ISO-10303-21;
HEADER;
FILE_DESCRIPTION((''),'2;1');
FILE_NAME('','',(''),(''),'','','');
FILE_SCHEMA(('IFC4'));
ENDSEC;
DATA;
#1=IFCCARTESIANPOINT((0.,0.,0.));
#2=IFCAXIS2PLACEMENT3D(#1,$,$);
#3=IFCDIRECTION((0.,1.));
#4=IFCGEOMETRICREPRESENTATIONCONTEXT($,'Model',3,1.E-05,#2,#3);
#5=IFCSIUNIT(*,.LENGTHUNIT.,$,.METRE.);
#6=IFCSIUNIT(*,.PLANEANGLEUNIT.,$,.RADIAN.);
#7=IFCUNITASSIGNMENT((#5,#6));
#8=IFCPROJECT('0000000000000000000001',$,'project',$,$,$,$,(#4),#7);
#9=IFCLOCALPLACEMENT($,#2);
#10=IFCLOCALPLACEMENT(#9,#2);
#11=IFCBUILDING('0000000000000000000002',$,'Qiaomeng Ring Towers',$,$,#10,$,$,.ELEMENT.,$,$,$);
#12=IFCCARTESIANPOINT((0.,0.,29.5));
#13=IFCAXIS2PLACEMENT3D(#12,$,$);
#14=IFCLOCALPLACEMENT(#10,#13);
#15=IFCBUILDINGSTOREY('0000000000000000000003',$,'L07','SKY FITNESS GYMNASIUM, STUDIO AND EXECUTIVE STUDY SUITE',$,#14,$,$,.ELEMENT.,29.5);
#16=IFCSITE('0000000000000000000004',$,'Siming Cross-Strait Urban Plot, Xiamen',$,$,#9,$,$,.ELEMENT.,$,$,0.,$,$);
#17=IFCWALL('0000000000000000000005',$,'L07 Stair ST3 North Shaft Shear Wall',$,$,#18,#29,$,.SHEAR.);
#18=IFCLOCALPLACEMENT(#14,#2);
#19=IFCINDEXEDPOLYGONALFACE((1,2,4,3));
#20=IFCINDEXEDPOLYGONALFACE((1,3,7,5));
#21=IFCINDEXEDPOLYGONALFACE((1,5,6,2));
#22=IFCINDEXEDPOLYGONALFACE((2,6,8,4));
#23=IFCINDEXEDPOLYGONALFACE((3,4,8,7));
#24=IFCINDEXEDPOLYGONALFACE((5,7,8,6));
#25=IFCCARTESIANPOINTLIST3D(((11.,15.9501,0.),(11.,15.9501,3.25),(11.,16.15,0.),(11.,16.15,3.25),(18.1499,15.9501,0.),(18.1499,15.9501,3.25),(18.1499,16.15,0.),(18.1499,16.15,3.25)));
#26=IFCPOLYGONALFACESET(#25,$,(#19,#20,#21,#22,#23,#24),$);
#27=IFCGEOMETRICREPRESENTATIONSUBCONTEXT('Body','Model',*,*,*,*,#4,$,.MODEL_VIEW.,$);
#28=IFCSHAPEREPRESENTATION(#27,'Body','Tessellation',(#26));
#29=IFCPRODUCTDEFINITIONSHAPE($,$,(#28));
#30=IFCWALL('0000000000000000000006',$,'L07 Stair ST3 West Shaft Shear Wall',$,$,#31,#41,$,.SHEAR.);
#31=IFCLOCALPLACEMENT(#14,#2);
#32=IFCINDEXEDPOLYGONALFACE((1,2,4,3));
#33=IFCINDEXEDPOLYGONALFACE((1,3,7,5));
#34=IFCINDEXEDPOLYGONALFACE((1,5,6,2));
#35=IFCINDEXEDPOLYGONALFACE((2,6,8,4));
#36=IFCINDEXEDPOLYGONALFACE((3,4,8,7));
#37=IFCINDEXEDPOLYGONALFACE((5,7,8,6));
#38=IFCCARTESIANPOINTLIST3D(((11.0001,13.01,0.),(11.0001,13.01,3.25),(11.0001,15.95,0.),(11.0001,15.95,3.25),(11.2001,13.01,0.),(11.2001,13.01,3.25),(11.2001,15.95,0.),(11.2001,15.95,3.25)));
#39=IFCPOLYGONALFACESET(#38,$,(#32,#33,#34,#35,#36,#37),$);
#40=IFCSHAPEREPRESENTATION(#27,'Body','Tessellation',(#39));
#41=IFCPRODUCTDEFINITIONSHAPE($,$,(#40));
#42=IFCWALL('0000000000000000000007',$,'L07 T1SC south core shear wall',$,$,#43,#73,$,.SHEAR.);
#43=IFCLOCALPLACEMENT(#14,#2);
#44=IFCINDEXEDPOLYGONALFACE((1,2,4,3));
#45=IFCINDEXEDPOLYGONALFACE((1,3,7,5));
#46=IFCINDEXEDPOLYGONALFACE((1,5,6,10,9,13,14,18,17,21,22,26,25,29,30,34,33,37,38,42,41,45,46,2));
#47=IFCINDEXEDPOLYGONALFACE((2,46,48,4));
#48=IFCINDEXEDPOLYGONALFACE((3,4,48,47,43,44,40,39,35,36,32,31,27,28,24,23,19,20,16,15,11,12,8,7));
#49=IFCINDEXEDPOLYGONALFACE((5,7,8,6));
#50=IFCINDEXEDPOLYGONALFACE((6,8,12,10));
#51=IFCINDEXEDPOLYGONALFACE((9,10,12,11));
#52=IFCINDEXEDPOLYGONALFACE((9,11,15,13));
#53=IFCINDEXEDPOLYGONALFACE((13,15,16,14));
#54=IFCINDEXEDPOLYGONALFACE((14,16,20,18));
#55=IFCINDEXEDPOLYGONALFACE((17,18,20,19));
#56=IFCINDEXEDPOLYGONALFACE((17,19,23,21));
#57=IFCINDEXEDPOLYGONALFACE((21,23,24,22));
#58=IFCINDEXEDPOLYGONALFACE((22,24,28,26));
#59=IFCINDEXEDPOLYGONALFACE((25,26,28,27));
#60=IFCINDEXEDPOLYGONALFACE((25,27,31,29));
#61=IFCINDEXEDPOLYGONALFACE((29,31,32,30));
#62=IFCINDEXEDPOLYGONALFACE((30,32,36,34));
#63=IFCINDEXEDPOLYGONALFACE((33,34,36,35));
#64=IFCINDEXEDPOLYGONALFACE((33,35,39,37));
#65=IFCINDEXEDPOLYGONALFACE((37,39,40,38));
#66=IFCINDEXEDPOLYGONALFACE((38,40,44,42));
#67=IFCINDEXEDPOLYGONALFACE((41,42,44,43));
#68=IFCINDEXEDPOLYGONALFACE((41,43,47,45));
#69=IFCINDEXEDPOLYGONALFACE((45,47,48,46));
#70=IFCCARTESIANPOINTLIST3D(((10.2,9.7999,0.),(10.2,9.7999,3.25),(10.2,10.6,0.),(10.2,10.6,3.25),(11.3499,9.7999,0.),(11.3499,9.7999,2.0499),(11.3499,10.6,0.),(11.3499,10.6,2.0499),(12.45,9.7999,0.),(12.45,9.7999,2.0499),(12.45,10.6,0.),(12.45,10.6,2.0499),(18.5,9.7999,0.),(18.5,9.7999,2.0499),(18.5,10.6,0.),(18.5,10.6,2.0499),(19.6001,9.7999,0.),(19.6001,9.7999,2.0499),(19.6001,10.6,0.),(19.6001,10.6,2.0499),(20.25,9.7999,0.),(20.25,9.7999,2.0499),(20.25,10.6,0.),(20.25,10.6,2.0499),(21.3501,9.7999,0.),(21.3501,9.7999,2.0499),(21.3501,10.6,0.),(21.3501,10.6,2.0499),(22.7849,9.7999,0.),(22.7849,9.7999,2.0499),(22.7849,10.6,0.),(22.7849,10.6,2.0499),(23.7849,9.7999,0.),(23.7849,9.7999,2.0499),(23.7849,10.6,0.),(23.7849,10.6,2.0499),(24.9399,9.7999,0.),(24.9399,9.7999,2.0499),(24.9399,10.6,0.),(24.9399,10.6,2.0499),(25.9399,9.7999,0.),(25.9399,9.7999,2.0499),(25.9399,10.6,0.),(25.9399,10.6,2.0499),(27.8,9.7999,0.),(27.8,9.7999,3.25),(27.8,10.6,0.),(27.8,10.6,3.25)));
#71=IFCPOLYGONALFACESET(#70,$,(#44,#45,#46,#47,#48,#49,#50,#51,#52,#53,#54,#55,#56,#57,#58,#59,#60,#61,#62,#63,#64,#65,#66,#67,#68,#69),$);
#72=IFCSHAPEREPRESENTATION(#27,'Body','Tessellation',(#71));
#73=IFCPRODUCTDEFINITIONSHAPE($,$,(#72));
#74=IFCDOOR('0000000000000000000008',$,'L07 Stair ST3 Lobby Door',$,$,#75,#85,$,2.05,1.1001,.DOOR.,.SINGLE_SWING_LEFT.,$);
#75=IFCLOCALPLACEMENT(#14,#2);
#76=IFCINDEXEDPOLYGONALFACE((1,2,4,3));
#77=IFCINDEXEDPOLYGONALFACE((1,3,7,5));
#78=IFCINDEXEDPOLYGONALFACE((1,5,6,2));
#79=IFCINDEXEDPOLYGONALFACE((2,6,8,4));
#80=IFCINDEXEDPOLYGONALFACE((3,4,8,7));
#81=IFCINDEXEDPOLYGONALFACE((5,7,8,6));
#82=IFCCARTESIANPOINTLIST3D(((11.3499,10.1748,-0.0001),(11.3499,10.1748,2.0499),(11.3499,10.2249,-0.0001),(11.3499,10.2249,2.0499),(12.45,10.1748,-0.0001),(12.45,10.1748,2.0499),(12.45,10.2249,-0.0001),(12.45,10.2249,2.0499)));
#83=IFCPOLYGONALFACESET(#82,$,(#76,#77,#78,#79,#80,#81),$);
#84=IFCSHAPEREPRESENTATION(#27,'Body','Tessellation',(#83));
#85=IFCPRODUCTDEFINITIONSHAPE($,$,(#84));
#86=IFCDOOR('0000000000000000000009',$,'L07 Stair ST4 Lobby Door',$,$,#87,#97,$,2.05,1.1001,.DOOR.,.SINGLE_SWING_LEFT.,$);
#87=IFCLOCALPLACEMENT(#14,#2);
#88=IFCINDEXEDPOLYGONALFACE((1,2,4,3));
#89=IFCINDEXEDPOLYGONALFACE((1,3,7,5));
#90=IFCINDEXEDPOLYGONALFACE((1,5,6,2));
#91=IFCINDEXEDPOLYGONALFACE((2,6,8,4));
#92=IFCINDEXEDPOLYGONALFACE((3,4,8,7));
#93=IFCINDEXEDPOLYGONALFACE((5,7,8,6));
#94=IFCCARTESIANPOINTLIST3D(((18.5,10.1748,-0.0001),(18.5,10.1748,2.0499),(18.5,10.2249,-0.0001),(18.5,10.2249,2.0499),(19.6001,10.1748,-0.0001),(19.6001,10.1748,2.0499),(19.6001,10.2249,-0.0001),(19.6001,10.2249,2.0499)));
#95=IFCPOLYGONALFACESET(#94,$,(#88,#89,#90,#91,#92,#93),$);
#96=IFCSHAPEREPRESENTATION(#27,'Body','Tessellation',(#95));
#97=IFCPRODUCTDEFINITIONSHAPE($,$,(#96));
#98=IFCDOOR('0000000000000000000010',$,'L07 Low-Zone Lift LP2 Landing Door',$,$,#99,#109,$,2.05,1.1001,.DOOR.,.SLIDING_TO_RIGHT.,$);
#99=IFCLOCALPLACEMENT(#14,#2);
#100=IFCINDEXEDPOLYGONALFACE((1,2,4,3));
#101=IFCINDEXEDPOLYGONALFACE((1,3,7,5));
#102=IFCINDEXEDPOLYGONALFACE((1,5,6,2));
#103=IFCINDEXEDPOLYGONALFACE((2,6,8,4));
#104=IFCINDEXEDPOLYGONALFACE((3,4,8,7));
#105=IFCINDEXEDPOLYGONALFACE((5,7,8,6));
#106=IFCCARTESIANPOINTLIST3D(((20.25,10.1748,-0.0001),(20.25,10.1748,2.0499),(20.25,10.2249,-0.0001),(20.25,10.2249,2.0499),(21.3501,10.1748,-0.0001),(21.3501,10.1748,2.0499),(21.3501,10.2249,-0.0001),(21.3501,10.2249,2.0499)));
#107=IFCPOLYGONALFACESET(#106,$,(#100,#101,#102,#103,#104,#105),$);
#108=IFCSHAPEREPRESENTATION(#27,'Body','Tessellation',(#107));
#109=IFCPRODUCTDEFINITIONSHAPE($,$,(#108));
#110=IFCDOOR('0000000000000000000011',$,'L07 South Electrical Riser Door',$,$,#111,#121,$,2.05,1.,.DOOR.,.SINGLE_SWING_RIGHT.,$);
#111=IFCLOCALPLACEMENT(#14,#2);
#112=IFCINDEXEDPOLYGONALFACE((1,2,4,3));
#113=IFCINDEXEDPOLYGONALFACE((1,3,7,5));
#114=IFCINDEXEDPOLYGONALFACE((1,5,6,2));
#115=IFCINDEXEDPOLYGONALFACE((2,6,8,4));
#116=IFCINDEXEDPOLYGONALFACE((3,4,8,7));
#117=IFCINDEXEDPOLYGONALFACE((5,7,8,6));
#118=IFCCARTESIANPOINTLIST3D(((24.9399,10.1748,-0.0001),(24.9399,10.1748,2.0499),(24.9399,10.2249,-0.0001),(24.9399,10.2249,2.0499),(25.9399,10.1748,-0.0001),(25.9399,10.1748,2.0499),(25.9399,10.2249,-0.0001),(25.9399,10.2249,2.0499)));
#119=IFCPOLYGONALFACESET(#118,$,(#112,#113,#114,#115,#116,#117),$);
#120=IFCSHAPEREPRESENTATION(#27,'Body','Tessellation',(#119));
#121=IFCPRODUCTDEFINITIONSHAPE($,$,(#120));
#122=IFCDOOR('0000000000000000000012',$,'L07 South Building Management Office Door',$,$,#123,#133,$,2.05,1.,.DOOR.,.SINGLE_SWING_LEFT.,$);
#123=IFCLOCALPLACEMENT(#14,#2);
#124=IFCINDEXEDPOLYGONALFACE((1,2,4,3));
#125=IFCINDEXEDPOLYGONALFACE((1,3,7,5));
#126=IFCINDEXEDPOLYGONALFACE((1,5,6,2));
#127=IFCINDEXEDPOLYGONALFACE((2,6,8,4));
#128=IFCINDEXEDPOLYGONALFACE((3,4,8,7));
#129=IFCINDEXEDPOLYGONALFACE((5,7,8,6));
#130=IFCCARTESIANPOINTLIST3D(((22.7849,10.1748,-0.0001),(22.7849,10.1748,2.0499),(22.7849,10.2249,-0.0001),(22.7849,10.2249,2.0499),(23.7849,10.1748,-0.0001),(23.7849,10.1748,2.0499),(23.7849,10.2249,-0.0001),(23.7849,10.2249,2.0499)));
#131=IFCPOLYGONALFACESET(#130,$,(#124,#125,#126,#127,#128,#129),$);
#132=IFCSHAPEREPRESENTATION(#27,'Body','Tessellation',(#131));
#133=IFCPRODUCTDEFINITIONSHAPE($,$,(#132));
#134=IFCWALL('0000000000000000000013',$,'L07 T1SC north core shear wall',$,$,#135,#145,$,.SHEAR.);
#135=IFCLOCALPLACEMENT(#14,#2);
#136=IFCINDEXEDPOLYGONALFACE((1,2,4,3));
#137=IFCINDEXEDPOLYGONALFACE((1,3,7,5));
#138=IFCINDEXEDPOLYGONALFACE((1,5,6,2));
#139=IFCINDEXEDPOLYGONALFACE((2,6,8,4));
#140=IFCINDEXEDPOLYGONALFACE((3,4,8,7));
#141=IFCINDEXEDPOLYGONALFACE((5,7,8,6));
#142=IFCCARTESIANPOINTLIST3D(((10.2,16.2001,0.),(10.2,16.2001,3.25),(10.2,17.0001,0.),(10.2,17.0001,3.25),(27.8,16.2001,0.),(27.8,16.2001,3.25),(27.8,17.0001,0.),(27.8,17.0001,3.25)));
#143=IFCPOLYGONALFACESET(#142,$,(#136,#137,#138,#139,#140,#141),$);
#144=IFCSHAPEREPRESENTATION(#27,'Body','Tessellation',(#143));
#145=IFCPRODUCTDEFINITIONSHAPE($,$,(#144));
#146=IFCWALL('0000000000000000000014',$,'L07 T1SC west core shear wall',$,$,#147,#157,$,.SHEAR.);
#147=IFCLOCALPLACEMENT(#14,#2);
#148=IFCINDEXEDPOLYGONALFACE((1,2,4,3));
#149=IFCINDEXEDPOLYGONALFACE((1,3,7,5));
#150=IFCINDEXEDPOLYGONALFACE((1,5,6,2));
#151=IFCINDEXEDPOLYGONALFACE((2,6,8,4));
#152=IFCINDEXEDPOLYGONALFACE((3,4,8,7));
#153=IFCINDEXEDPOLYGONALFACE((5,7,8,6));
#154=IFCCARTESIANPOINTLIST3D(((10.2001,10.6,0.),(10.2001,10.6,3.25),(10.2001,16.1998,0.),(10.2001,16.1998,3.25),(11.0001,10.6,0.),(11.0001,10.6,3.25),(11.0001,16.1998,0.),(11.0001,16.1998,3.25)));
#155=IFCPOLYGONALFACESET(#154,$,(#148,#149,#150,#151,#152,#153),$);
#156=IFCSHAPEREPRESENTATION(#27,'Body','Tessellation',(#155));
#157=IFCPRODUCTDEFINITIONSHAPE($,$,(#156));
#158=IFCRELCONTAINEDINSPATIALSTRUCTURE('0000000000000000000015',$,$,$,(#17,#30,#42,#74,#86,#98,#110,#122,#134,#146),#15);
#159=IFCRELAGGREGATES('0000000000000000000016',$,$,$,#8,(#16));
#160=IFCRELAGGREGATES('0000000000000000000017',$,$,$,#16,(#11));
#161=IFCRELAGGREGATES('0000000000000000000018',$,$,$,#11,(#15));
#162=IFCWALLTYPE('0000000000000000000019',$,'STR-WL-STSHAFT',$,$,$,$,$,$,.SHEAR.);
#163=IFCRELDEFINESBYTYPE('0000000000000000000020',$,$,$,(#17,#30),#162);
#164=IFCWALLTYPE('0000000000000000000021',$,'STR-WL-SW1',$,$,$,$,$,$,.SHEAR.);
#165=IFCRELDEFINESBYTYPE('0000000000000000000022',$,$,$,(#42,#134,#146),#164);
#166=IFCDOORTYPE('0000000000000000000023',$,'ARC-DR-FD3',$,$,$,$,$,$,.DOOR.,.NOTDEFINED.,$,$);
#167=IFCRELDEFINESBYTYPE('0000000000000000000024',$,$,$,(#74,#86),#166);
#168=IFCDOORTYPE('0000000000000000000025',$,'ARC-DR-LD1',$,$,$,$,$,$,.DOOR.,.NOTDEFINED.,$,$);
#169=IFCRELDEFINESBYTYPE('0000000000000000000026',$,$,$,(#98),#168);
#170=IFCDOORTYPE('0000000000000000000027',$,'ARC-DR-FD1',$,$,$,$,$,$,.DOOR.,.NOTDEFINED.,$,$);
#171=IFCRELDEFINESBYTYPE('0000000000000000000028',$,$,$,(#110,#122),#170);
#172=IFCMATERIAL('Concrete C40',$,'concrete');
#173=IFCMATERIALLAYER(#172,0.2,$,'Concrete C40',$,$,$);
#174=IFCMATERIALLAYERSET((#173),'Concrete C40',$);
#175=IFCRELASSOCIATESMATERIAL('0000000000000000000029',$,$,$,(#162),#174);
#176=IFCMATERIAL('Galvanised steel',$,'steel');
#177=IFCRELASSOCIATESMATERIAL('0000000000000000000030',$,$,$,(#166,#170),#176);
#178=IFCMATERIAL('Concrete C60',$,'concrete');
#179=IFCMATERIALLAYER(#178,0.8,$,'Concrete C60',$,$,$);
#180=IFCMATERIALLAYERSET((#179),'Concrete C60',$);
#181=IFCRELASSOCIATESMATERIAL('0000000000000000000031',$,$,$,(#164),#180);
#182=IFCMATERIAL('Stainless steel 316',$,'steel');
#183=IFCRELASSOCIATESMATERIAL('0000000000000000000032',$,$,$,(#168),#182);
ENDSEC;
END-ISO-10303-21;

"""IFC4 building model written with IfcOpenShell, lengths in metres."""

from ifc_helpers import new_model, si_unit, direction, frame, frame_2d, origin, place, context, subcontext, project, spatial, rectangle, extrude, source, transform, mapped, material, layer, layer_set, type_object, element, fill, save


model = new_model("IFC4")

# Units and contexts
model_context = context("Model", 3, precision=1e-05, world=origin(), true_north=direction((0.0, 1.0)))
body_context = subcontext(model_context, "Body", "Model", "MODEL_VIEW")
ifc_project = project(units=[si_unit("LENGTHUNIT", "METRE"), si_unit("PLANEANGLEUNIT", "RADIAN")], contexts=[model_context])

# Site, building, storey
site_placement = place(None, origin())
site = spatial("IfcSite", under=ifc_project, at=site_placement, Name="Siming Cross-Strait Urban Plot, Xiamen", CompositionType="ELEMENT", RefElevation=0.0)
building_placement = place(site_placement, origin())
building = spatial("IfcBuilding", under=site, at=building_placement, Name="Qiaomeng Ring Towers", CompositionType="ELEMENT")
storey_placement = place(building_placement, frame((0.0, 0.0, 29.5)))
storey = spatial("IfcBuildingStorey", under=building, at=storey_placement, Name="L07", Description="SKY FITNESS GYMNASIUM, STUDIO AND EXECUTIVE STUDY SUITE", CompositionType="ELEMENT", Elevation=29.5)

# Shared definitions
shared_shape_1 = source(origin(), body_context, "Body", "SweptSolid", [
    extrude(rectangle(XDim=1.0, YDim=2.05, at=frame_2d((0.5, 1.0249))), frame((0.0, 0.0249, 0.0), z_axis=(0.0, -1.0, 0.0), x_axis=(1.0, 0.0, 0.0)), (0.0, 0.0, 1.0), 0.05),
])

# Shared definitions
ifc_material_1 = material(Name="Concrete C40", Category="concrete")
ifc_layer_1 = layer(ifc_material_1, 0.2, Name="Concrete C40")
ifc_layer_set_1 = layer_set([ifc_layer_1], Name="Concrete C40")
wall_type_1 = type_object("IfcWallType", Name="STR-WL-STSHAFT", PredefinedType="SHEAR", material=ifc_layer_set_1)
ifc_material_2 = material(Name="Galvanised steel", Category="steel")
door_type_1 = type_object("IfcDoorType", Name="ARC-DR-FD3", OperationType="NOTDEFINED", PredefinedType="DOOR", material=ifc_material_2)
shared_shape_2 = source(origin(), body_context, "Body", "SweptSolid", [
    extrude(rectangle(XDim=1.1001, YDim=2.05, at=frame_2d((0.55, 1.0249))), frame((0.0, 0.0249, 0.0), z_axis=(0.0, -1.0, 0.0), x_axis=(1.0, 0.0, 0.0)), (0.0, 0.0, 1.0), 0.05),
])

# Walls
wall_1_placement = place(storey_placement, frame((11.0, 16.05, 0.0), z_axis=(0.0, 0.0, 1.0), x_axis=(1.0, 0.0, 0.0)))
element("IfcWall", 1, at=wall_1_placement, inside=storey, type_object=wall_type_1, Name="L07 Stair ST3 North Shaft Shear Wall", PredefinedType="SHEAR", context=body_context, shape_type="SweptSolid", body=[
    extrude(rectangle(XDim=7.1499, YDim=0.2, at=frame_2d((3.575, 0.0))), origin(), (0.0, 0.0, 1.0), 3.25),
])
wall_2_placement = place(storey_placement, frame((11.1001, 13.01, 0.0), z_axis=(0.0, 0.0, 1.0), x_axis=(0.0, 1.0, 0.0)))
element("IfcWall", 2, at=wall_2_placement, inside=storey, type_object=wall_type_1, Name="L07 Stair ST3 West Shaft Shear Wall", PredefinedType="SHEAR", context=body_context, shape_type="SweptSolid", body=[
    extrude(rectangle(XDim=2.9399, YDim=0.2, at=frame_2d((1.47, 0.0))), origin(), (0.0, 0.0, 1.0), 3.25),
])

# Wall, openings, doors
ifc_material_3 = material(Name="Concrete C60", Category="concrete")
ifc_layer_2 = layer(ifc_material_3, 0.8, Name="Concrete C60")
ifc_layer_set_2 = layer_set([ifc_layer_2], Name="Concrete C60")
wall_type_2 = type_object("IfcWallType", Name="STR-WL-SW1", PredefinedType="SHEAR", material=ifc_layer_set_2)
wall_3_placement = place(storey_placement, frame((10.2, 10.2, 0.0), z_axis=(0.0, 0.0, 1.0), x_axis=(1.0, 0.0, 0.0)))
wall_3 = element("IfcWall", 3, at=wall_3_placement, inside=storey, type_object=wall_type_2, Name="L07 T1SC south core shear wall", PredefinedType="SHEAR", context=body_context, shape_type="SweptSolid", body=[
    extrude(rectangle(XDim=17.6001, YDim=0.8, at=frame_2d((8.8, 0.0))), origin(), (0.0, 0.0, 1.0), 3.25),
])
opening_1_placement = place(wall_3_placement, frame((1.1499, 0.0, 0.0)))
opening_1 = element("IfcOpeningElement", 4, at=opening_1_placement, cuts=wall_3, PredefinedType="OPENING", context=body_context, shape_type="SweptSolid", body=[
    extrude(rectangle(XDim=1.1001, YDim=2.05, at=frame_2d((0.55, 1.0249))), frame((0.0, 0.4099, 0.0), z_axis=(0.0, -1.0, 0.0), x_axis=(1.0, 0.0, 0.0)), (0.0, 0.0, 1.0), 0.8201),
])
opening_2_placement = place(wall_3_placement, frame((8.3, 0.0, 0.0)))
opening_2 = element("IfcOpeningElement", 5, at=opening_2_placement, cuts=wall_3, PredefinedType="OPENING", context=body_context, shape_type="SweptSolid", body=[
    extrude(rectangle(XDim=1.1001, YDim=2.05, at=frame_2d((0.55, 1.0249))), frame((0.0, 0.4099, 0.0), z_axis=(0.0, -1.0, 0.0), x_axis=(1.0, 0.0, 0.0)), (0.0, 0.0, 1.0), 0.8201),
])
opening_3_placement = place(wall_3_placement, frame((10.05, 0.0, 0.0)))
opening_3 = element("IfcOpeningElement", 6, at=opening_3_placement, cuts=wall_3, PredefinedType="OPENING", context=body_context, shape_type="SweptSolid", body=[
    extrude(rectangle(XDim=1.1001, YDim=2.05, at=frame_2d((0.55, 1.0249))), frame((0.0, 0.4099, 0.0), z_axis=(0.0, -1.0, 0.0), x_axis=(1.0, 0.0, 0.0)), (0.0, 0.0, 1.0), 0.8201),
])
opening_4_placement = place(wall_3_placement, frame((14.74, 0.0, 0.0)))
opening_4 = element("IfcOpeningElement", 7, at=opening_4_placement, cuts=wall_3, PredefinedType="OPENING", context=body_context, shape_type="SweptSolid", body=[
    extrude(rectangle(XDim=1.0, YDim=2.05, at=frame_2d((0.5, 1.0249))), frame((0.0, 0.4099, 0.0), z_axis=(0.0, -1.0, 0.0), x_axis=(1.0, 0.0, 0.0)), (0.0, 0.0, 1.0), 0.8201),
])
opening_5_placement = place(wall_3_placement, frame((12.585, 0.0, 0.0)))
opening_5 = element("IfcOpeningElement", 8, at=opening_5_placement, cuts=wall_3, PredefinedType="OPENING", context=body_context, shape_type="SweptSolid", body=[
    extrude(rectangle(XDim=1.0, YDim=2.05, at=frame_2d((0.5, 1.0249))), frame((0.0, 0.4099, 0.0), z_axis=(0.0, -1.0, 0.0), x_axis=(1.0, 0.0, 0.0)), (0.0, 0.0, 1.0), 0.8201),
])
door_1_placement = place(opening_1_placement, origin())
door_1 = element("IfcDoor", 9, at=door_1_placement, inside=storey, type_object=door_type_1, Name="L07 Stair ST3 Lobby Door", OperationType="SINGLE_SWING_LEFT", OverallHeight=2.05, OverallWidth=1.1001, PredefinedType="DOOR", context=body_context, shape_type="MappedRepresentation", body=[
    mapped(shared_shape_2, transform((0.0, 0.0, 0.0), x_axis=(1.0, 0.0, 0.0), y_axis=(0.0, 1.0, 0.0), z_axis=(0.0, 0.0, 1.0), scale=1.0)),
])
fill(opening_1, door_1)
door_2_placement = place(opening_2_placement, origin())
door_2 = element("IfcDoor", 10, at=door_2_placement, inside=storey, type_object=door_type_1, Name="L07 Stair ST4 Lobby Door", OperationType="SINGLE_SWING_LEFT", OverallHeight=2.05, OverallWidth=1.1001, PredefinedType="DOOR", context=body_context, shape_type="MappedRepresentation", body=[
    mapped(shared_shape_2, transform((0.0, 0.0, 0.0), x_axis=(1.0, 0.0, 0.0), y_axis=(0.0, 1.0, 0.0), z_axis=(0.0, 0.0, 1.0), scale=1.0)),
])
fill(opening_2, door_2)
ifc_material_4 = material(Name="Stainless steel 316", Category="steel")
door_type_2 = type_object("IfcDoorType", Name="ARC-DR-LD1", OperationType="NOTDEFINED", PredefinedType="DOOR", material=ifc_material_4)
door_3_placement = place(opening_3_placement, origin())
door_3 = element("IfcDoor", 11, at=door_3_placement, inside=storey, type_object=door_type_2, Name="L07 Low-Zone Lift LP2 Landing Door", OperationType="SLIDING_TO_RIGHT", OverallHeight=2.05, OverallWidth=1.1001, PredefinedType="DOOR", context=body_context, shape_type="MappedRepresentation", body=[
    mapped(shared_shape_2, transform((0.0, 0.0, 0.0), x_axis=(1.0, 0.0, 0.0), y_axis=(0.0, 1.0, 0.0), z_axis=(0.0, 0.0, 1.0), scale=1.0)),
])
fill(opening_3, door_3)
door_type_3 = type_object("IfcDoorType", Name="ARC-DR-FD1", OperationType="NOTDEFINED", PredefinedType="DOOR", material=ifc_material_2)
door_4_placement = place(opening_4_placement, origin())
door_4 = element("IfcDoor", 12, at=door_4_placement, inside=storey, type_object=door_type_3, Name="L07 South Electrical Riser Door", OperationType="SINGLE_SWING_RIGHT", OverallHeight=2.05, OverallWidth=1.0, PredefinedType="DOOR", context=body_context, shape_type="MappedRepresentation", body=[
    mapped(shared_shape_1, transform((0.0, 0.0, 0.0), x_axis=(1.0, 0.0, 0.0), y_axis=(0.0, 1.0, 0.0), z_axis=(0.0, 0.0, 1.0), scale=1.0)),
])
fill(opening_4, door_4)
door_5_placement = place(opening_5_placement, origin())
door_5 = element("IfcDoor", 13, at=door_5_placement, inside=storey, type_object=door_type_3, Name="L07 South Building Management Office Door", OperationType="SINGLE_SWING_LEFT", OverallHeight=2.05, OverallWidth=1.0, PredefinedType="DOOR", context=body_context, shape_type="MappedRepresentation", body=[
    mapped(shared_shape_1, transform((0.0, 0.0, 0.0), x_axis=(1.0, 0.0, 0.0), y_axis=(0.0, 1.0, 0.0), z_axis=(0.0, 0.0, 1.0), scale=1.0)),
])
fill(opening_5, door_5)

# Walls
wall_4_placement = place(storey_placement, frame((10.2, 16.6001, 0.0), z_axis=(0.0, 0.0, 1.0), x_axis=(1.0, 0.0, 0.0)))
element("IfcWall", 14, at=wall_4_placement, inside=storey, type_object=wall_type_2, Name="L07 T1SC north core shear wall", PredefinedType="SHEAR", context=body_context, shape_type="SweptSolid", body=[
    extrude(rectangle(XDim=17.6001, YDim=0.8, at=frame_2d((8.8, 0.0))), origin(), (0.0, 0.0, 1.0), 3.25),
])
wall_5_placement = place(storey_placement, frame((10.6001, 10.6001, 0.0), z_axis=(0.0, 0.0, 1.0), x_axis=(0.0, 1.0, 0.0)))
element("IfcWall", 15, at=wall_5_placement, inside=storey, type_object=wall_type_2, Name="L07 T1SC west core shear wall", PredefinedType="SHEAR", context=body_context, shape_type="SweptSolid", body=[
    extrude(rectangle(XDim=5.5999, YDim=0.8, at=frame_2d((2.7998, 0.0))), origin(), (0.0, 0.0, 1.0), 3.25),
])

save(model, "model.ifc")
